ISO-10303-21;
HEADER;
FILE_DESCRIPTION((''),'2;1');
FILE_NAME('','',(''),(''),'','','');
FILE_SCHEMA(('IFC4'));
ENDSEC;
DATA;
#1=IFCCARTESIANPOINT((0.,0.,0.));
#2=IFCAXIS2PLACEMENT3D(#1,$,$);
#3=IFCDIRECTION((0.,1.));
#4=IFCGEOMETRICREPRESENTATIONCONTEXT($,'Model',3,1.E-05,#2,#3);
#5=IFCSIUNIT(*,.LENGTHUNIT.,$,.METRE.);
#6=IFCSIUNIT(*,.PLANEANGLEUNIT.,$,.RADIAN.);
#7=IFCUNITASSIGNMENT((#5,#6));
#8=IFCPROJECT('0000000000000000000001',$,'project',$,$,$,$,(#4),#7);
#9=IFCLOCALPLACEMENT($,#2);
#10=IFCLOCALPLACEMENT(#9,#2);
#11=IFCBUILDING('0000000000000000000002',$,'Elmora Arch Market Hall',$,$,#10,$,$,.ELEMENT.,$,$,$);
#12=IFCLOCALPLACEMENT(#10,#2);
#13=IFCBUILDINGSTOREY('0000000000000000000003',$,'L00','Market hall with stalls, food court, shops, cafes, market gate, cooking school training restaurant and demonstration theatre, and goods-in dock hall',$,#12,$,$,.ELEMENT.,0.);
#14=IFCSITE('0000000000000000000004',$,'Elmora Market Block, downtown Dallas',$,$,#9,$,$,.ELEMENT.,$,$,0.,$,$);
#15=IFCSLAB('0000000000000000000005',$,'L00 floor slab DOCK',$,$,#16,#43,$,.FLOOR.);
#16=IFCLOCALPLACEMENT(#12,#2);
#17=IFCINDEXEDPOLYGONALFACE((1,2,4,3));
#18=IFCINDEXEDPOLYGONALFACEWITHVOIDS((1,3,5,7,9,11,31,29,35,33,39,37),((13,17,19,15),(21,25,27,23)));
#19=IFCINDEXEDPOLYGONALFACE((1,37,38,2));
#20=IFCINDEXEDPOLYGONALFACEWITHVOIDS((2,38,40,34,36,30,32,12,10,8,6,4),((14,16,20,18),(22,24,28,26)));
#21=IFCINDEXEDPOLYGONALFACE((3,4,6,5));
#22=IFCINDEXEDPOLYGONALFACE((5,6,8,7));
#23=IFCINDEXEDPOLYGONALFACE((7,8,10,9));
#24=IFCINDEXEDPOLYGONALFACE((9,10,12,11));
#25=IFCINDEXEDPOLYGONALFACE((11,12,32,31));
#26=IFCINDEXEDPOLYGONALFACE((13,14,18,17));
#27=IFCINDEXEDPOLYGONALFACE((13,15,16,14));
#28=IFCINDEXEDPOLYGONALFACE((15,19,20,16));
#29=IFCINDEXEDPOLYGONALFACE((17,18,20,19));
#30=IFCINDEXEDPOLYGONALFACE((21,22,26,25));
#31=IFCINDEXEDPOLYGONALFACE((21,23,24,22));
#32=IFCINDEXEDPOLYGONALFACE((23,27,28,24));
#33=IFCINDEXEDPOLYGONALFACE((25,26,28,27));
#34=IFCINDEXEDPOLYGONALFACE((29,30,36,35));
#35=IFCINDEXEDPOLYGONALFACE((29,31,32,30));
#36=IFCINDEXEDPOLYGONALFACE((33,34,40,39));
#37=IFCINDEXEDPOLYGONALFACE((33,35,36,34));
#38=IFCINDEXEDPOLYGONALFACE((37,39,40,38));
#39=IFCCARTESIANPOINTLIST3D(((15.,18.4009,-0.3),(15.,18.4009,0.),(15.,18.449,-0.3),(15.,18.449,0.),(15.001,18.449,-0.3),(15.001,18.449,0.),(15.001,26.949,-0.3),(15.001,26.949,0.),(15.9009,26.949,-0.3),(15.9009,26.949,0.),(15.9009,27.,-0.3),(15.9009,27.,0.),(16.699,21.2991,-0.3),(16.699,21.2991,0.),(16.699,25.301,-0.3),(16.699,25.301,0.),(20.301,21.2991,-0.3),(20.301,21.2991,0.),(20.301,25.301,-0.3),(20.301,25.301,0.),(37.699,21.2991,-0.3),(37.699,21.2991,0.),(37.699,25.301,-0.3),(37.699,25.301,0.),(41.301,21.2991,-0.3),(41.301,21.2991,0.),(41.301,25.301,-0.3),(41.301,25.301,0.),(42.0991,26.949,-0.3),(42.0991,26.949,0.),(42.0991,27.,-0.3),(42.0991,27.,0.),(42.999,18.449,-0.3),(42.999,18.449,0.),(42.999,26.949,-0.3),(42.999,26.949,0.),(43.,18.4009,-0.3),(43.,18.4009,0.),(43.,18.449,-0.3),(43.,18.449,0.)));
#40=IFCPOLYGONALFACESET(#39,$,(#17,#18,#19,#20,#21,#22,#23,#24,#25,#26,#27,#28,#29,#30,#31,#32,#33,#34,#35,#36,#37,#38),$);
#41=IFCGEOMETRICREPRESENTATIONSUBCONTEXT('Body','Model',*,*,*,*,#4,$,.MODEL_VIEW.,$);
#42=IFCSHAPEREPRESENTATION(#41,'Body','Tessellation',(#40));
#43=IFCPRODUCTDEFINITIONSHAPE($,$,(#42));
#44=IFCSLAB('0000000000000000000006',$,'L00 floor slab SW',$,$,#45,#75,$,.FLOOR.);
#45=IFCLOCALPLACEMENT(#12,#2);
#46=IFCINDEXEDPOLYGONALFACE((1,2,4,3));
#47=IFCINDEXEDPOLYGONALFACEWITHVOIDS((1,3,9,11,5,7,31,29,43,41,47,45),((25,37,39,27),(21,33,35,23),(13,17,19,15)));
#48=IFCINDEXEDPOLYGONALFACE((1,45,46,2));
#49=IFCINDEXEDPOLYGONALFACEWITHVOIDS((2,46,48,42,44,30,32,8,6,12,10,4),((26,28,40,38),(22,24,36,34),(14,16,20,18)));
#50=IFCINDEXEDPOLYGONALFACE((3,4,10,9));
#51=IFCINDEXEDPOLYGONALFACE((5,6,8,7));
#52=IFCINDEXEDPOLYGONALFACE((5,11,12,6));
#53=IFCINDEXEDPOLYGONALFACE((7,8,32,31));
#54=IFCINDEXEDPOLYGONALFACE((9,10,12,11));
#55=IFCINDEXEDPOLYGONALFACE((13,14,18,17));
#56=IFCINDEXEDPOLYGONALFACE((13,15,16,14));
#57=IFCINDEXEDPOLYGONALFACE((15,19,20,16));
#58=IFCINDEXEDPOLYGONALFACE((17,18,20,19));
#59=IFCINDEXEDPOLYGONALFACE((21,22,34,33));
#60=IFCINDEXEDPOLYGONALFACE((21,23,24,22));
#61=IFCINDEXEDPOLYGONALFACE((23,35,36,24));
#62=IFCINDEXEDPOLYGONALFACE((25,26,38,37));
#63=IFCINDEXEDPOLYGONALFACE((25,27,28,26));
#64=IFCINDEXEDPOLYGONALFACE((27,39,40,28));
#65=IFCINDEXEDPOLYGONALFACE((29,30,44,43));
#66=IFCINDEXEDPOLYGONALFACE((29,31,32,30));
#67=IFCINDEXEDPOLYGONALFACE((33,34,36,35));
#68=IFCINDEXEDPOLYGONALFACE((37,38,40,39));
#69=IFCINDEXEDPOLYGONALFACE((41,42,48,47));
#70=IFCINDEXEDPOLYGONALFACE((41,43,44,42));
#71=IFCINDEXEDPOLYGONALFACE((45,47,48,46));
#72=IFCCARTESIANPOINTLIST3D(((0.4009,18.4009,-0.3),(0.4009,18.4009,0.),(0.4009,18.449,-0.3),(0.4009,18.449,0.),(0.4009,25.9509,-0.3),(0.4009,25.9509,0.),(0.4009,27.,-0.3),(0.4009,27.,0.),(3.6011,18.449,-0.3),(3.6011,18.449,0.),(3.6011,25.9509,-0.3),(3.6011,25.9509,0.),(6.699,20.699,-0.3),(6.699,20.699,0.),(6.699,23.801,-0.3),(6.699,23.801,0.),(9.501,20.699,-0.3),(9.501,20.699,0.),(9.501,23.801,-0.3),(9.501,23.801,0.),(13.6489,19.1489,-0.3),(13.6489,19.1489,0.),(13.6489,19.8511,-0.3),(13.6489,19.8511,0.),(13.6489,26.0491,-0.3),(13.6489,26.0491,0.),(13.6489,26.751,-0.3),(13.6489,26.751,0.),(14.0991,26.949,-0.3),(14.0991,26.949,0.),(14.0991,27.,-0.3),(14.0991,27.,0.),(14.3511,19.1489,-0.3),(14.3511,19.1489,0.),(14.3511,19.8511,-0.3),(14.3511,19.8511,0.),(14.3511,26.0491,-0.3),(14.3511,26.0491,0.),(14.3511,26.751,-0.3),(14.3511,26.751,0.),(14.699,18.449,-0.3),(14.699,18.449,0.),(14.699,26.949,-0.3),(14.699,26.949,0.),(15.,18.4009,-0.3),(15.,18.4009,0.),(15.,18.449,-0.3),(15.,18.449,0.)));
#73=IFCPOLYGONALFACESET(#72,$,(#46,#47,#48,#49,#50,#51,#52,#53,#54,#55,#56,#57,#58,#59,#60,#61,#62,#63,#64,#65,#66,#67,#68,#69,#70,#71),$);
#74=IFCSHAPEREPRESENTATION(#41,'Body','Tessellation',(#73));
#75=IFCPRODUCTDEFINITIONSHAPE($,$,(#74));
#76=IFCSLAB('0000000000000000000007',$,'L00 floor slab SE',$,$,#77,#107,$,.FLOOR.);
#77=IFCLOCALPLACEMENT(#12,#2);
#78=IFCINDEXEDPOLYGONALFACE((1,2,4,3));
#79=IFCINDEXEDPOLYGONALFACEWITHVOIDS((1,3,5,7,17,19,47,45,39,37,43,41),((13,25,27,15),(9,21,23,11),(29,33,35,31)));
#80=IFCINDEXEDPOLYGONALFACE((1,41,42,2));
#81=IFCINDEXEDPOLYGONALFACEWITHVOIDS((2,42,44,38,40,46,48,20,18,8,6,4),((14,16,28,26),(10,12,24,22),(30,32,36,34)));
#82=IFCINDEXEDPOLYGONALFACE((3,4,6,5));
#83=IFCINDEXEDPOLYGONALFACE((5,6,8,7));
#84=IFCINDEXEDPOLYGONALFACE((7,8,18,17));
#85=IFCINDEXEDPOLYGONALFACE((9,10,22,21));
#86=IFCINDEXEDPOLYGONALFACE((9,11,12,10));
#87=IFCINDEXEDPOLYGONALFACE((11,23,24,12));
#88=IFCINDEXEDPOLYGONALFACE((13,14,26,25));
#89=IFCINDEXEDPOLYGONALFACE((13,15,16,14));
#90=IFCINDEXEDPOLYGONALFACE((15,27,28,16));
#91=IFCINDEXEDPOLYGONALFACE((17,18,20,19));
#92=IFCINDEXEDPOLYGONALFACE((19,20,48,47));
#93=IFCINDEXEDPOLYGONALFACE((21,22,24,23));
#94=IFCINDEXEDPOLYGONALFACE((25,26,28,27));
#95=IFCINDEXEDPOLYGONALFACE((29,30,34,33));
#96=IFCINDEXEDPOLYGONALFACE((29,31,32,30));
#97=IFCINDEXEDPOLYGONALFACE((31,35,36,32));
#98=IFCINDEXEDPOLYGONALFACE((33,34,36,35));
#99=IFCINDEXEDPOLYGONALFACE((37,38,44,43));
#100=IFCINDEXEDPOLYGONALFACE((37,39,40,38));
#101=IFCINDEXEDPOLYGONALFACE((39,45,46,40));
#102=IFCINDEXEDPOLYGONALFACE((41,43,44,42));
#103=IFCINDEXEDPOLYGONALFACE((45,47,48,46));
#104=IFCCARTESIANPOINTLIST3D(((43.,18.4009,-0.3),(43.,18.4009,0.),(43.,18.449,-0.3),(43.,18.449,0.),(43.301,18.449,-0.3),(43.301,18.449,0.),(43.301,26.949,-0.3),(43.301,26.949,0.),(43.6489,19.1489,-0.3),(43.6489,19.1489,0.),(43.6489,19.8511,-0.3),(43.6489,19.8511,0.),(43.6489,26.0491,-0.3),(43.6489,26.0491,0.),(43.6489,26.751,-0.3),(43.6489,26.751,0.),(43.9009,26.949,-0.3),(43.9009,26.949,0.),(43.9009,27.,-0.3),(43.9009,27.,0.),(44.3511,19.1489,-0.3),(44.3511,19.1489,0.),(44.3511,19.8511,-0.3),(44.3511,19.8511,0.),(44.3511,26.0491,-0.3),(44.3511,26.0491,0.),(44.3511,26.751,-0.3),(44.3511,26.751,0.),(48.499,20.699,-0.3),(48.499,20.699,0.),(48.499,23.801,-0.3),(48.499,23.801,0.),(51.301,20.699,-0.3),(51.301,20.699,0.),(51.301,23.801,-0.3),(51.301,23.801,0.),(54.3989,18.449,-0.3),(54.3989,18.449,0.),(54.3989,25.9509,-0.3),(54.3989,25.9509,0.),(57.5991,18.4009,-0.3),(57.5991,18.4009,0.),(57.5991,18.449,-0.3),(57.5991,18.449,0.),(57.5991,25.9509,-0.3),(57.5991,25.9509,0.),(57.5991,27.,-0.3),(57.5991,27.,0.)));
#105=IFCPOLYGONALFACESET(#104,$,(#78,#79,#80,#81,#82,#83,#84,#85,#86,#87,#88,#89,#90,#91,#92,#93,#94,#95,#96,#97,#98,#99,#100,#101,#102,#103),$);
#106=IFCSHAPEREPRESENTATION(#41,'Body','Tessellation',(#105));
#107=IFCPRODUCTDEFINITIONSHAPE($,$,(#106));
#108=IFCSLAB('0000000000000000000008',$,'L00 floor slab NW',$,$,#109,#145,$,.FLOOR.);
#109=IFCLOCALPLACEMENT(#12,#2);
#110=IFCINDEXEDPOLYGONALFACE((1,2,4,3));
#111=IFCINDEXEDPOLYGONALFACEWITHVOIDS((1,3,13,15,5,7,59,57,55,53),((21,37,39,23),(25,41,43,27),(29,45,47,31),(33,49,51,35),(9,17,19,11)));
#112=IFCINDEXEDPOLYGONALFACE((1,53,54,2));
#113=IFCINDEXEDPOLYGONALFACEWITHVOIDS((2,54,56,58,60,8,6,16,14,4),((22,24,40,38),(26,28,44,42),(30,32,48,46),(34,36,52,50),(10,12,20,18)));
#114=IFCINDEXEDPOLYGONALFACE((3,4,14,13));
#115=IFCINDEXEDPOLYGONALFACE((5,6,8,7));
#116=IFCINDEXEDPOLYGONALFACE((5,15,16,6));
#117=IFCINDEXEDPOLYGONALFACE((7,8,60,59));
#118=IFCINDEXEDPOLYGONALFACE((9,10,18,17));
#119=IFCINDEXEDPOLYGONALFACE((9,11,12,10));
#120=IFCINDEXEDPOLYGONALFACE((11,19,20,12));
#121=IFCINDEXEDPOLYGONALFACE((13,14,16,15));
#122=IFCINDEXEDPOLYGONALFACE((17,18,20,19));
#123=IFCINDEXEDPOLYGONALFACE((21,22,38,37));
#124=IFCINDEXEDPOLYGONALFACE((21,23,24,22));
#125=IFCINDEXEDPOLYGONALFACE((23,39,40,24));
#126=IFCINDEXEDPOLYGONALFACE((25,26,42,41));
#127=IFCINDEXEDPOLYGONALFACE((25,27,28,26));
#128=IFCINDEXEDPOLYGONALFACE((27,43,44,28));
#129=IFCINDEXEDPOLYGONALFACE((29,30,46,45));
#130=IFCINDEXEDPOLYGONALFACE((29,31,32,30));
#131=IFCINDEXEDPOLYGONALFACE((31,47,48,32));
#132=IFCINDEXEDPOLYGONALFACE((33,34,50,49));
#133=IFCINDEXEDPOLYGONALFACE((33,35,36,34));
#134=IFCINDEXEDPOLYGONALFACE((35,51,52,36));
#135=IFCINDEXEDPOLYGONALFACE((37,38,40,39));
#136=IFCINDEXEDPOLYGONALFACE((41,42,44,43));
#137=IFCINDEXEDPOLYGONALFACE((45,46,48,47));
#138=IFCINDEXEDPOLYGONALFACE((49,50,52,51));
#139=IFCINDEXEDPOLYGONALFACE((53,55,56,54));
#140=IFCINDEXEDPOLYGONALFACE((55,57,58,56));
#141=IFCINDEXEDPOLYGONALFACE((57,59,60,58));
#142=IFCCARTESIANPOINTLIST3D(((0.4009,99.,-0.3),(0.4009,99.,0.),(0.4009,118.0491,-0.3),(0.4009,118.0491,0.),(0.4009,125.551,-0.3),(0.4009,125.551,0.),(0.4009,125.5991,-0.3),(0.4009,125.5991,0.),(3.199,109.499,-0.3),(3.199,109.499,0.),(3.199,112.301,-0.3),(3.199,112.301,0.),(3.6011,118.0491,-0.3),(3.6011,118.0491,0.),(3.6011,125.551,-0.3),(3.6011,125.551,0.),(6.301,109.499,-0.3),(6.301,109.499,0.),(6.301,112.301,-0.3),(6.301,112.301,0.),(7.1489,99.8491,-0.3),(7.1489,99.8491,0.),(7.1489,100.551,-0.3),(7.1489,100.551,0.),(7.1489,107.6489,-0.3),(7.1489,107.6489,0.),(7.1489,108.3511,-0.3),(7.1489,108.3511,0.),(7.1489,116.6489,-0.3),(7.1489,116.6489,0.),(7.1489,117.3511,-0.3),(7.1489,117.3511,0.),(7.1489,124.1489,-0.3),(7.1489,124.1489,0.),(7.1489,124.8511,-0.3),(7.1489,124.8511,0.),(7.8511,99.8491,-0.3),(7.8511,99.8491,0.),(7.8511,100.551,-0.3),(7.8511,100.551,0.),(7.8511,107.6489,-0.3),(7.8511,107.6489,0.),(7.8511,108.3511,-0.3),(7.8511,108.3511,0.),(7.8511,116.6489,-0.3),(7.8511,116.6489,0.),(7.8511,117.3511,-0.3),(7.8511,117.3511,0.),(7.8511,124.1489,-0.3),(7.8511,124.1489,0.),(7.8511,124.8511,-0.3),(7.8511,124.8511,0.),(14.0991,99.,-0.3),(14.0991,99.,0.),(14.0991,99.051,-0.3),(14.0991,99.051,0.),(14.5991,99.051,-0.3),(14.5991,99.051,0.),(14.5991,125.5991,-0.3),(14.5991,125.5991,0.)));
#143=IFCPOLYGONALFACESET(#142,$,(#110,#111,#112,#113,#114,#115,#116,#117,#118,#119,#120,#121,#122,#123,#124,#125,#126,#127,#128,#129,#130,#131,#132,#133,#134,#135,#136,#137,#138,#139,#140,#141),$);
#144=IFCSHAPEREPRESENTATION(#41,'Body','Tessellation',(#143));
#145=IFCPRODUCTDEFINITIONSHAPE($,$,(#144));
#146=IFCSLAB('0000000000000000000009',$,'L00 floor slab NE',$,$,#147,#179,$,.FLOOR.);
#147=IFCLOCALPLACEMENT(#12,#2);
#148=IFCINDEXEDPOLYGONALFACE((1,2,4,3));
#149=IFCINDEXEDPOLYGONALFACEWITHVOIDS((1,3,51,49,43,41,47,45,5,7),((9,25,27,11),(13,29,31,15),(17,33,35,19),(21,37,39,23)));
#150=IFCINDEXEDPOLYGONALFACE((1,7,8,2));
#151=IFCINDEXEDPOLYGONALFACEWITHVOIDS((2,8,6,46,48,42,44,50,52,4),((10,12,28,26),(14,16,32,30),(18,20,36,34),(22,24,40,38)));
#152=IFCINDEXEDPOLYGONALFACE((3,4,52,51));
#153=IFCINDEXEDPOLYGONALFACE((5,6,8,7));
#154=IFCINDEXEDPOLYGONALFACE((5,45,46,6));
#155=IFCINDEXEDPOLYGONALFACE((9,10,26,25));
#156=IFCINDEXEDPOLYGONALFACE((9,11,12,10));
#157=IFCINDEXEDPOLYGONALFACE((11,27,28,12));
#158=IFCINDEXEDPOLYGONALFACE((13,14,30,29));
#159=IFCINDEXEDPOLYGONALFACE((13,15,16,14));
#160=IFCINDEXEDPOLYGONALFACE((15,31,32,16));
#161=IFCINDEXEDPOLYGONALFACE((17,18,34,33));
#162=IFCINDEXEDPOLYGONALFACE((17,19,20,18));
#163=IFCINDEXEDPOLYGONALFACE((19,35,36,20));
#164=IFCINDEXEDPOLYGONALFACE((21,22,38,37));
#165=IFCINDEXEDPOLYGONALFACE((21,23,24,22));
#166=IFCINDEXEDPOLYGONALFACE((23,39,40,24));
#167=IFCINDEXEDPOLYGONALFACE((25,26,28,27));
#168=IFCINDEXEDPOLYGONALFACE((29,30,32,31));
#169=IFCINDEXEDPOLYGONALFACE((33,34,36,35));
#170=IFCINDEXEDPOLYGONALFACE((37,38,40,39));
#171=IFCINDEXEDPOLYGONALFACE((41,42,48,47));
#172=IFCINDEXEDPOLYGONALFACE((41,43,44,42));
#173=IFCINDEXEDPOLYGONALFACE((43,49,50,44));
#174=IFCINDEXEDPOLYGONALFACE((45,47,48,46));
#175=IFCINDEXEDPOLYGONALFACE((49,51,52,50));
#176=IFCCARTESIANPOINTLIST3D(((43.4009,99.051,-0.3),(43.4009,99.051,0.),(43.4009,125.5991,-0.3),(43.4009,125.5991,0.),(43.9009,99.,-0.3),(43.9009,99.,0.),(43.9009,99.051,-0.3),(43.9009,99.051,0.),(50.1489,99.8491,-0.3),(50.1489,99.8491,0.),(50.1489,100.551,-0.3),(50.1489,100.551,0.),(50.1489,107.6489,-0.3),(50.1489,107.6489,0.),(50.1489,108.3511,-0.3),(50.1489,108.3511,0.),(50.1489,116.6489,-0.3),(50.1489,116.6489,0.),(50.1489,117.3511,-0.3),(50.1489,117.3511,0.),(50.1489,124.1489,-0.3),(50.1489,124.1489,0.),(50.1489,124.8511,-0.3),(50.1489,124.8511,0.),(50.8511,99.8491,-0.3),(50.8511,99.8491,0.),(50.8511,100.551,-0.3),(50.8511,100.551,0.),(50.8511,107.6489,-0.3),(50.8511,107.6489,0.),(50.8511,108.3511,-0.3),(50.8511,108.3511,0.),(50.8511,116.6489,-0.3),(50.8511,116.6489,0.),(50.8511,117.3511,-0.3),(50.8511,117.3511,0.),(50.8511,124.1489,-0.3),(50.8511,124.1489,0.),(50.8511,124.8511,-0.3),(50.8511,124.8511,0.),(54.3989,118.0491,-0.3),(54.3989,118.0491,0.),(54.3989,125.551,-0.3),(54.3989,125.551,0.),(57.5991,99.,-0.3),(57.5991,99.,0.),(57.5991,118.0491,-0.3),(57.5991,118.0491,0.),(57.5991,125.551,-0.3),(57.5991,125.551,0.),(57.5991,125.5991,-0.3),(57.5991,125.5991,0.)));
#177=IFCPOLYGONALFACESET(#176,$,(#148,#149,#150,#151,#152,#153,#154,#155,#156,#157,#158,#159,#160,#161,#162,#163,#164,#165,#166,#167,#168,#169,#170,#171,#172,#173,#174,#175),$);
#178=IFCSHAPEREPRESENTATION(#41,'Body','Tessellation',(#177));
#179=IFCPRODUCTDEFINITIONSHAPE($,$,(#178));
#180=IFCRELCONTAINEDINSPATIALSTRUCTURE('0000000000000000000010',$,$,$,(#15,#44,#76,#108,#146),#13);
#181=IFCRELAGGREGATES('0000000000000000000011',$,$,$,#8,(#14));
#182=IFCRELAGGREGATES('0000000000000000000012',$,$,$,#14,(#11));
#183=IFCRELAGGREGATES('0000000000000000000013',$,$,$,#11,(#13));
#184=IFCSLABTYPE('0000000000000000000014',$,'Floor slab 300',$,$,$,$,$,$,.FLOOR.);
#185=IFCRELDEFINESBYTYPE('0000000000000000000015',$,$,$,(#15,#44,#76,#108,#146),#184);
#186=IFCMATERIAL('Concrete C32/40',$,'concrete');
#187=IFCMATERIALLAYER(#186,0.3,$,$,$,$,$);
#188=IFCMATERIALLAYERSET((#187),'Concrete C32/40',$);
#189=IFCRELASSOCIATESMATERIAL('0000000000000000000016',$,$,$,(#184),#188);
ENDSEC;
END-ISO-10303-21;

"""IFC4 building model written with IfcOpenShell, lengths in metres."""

from ifc_helpers import new_model, si_unit, direction, frame, origin, place, context, subcontext, project, spatial, polyline, outline, extrude, material, layer, layer_set, type_object, element, save


model = new_model("IFC4")

# Units and contexts
model_context = context("Model", 3, precision=1e-05, world=origin(), true_north=direction((0.0, 1.0)))
body_context = subcontext(model_context, "Body", "Model", "MODEL_VIEW")
ifc_project = project(units=[si_unit("LENGTHUNIT", "METRE"), si_unit("PLANEANGLEUNIT", "RADIAN")], contexts=[model_context])

# Site, building, storey
site_placement = place(None, origin())
site = spatial("IfcSite", under=ifc_project, at=site_placement, Name="Elmora Market Block, downtown Dallas", CompositionType="ELEMENT", RefElevation=0.0)
building_placement = place(site_placement, origin())
building = spatial("IfcBuilding", under=site, at=building_placement, Name="Elmora Arch Market Hall", CompositionType="ELEMENT")
storey_placement = place(building_placement, origin())
storey = spatial("IfcBuildingStorey", under=building, at=storey_placement, Name="L00", Description="Market hall with stalls, food court, shops, cafes, market gate, cooking school training restaurant and demonstration theatre, and goods-in dock hall", CompositionType="ELEMENT", Elevation=0.0)

# Slabs
ifc_material_1 = material(Name="Concrete C32/40", Category="concrete")
ifc_layer_1 = layer(ifc_material_1, 0.3)
ifc_layer_set_1 = layer_set([ifc_layer_1], Name="Concrete C32/40")
slab_type_1 = type_object("IfcSlabType", Name="Floor slab 300", PredefinedType="FLOOR", material=ifc_layer_set_1)
slab_1_placement = place(storey_placement, frame((0.0, 0.0, -0.3)))
element("IfcSlab", 1, at=slab_1_placement, inside=storey, type_object=slab_type_1, Name="L00 floor slab DOCK", PredefinedType="FLOOR", context=body_context, shape_type="SweptSolid", body=[
    extrude(outline(polyline([(43.0, 18.4009), (15.0, 18.4009), (15.0, 18.449), (15.001, 18.449), (15.001, 26.949), (15.9009, 26.949), (15.9009, 27.0), (42.0991, 27.0), (42.0991, 26.949), (42.999, 26.949), (42.999, 18.449), (43.0, 18.449), (43.0, 18.4009)]), holes=[polyline([(37.699, 25.301), (37.699, 21.2991), (41.301, 21.2991), (41.301, 25.301), (37.699, 25.301)]), polyline([(16.699, 25.301), (16.699, 21.2991), (20.301, 21.2991), (20.301, 25.301), (16.699, 25.301)])]), origin(), (0.0, 0.0, 1.0), 0.3),
])
slab_2_placement = place(storey_placement, frame((0.0, 0.0, -0.3)))
element("IfcSlab", 2, at=slab_2_placement, inside=storey, type_object=slab_type_1, Name="L00 floor slab SW", PredefinedType="FLOOR", context=body_context, shape_type="SweptSolid", body=[
    extrude(outline(polyline([(15.0, 18.4009), (0.4009, 18.4009), (0.4009, 18.449), (3.6011, 18.449), (3.6011, 25.9509), (0.4009, 25.9509), (0.4009, 27.0), (14.0991, 27.0), (14.0991, 26.949), (14.699, 26.949), (14.699, 18.449), (15.0, 18.449), (15.0, 18.4009)]), holes=[polyline([(14.3511, 26.751), (13.6489, 26.751), (13.6489, 26.0491), (14.3511, 26.0491), (14.3511, 26.751)]), polyline([(13.6489, 19.8511), (13.6489, 19.1489), (14.3511, 19.1489), (14.3511, 19.8511), (13.6489, 19.8511)]), polyline([(9.501, 20.699), (9.501, 23.801), (6.699, 23.801), (6.699, 20.699), (9.501, 20.699)])]), origin(), (0.0, 0.0, 1.0), 0.3),
])
slab_3_placement = place(storey_placement, frame((0.0, 0.0, -0.3)))
element("IfcSlab", 3, at=slab_3_placement, inside=storey, type_object=slab_type_1, Name="L00 floor slab SE", PredefinedType="FLOOR", context=body_context, shape_type="SweptSolid", body=[
    extrude(outline(polyline([(57.5991, 27.0), (57.5991, 25.9509), (54.3989, 25.9509), (54.3989, 18.449), (57.5991, 18.449), (57.5991, 18.4009), (43.0, 18.4009), (43.0, 18.449), (43.301, 18.449), (43.301, 26.949), (43.9009, 26.949), (43.9009, 27.0), (57.5991, 27.0)]), holes=[polyline([(48.499, 23.801), (48.499, 20.699), (51.301, 20.699), (51.301, 23.801), (48.499, 23.801)]), polyline([(44.3511, 19.8511), (43.6489, 19.8511), (43.6489, 19.1489), (44.3511, 19.1489), (44.3511, 19.8511)]), polyline([(44.3511, 26.751), (43.6489, 26.751), (43.6489, 26.0491), (44.3511, 26.0491), (44.3511, 26.751)])]), origin(), (0.0, 0.0, 1.0), 0.3),
])
slab_4_placement = place(storey_placement, frame((0.0, 0.0, -0.3)))
element("IfcSlab", 4, at=slab_4_placement, inside=storey, type_object=slab_type_1, Name="L00 floor slab NW", PredefinedType="FLOOR", context=body_context, shape_type="SweptSolid", body=[
    extrude(outline(polyline([(0.4009, 99.0), (0.4009, 118.0491), (3.6011, 118.0491), (3.6011, 125.551), (0.4009, 125.551), (0.4009, 125.5991), (14.5991, 125.5991), (14.5991, 99.051), (14.0991, 99.051), (14.0991, 99.0), (0.4009, 99.0)]), holes=[polyline([(7.8511, 124.8511), (7.1489, 124.8511), (7.1489, 124.1489), (7.8511, 124.1489), (7.8511, 124.8511)]), polyline([(7.8511, 117.3511), (7.1489, 117.3511), (7.1489, 116.6489), (7.8511, 116.6489), (7.8511, 117.3511)]), polyline([(7.8511, 108.3511), (7.1489, 108.3511), (7.1489, 107.6489), (7.8511, 107.6489), (7.8511, 108.3511)]), polyline([(7.8511, 100.551), (7.1489, 100.551), (7.1489, 99.8491), (7.8511, 99.8491), (7.8511, 100.551)]), polyline([(6.301, 112.301), (3.199, 112.301), (3.199, 109.499), (6.301, 109.499), (6.301, 112.301)])]), origin(), (0.0, 0.0, 1.0), 0.3),
])
slab_5_placement = place(storey_placement, frame((0.0, 0.0, -0.3)))
element("IfcSlab", 5, at=slab_5_placement, inside=storey, type_object=slab_type_1, Name="L00 floor slab NE", PredefinedType="FLOOR", context=body_context, shape_type="SweptSolid", body=[
    extrude(outline(polyline([(43.9009, 99.0), (43.9009, 99.051), (43.4009, 99.051), (43.4009, 125.5991), (57.5991, 125.5991), (57.5991, 125.551), (54.3989, 125.551), (54.3989, 118.0491), (57.5991, 118.0491), (57.5991, 99.0), (43.9009, 99.0)]), holes=[polyline([(50.8511, 117.3511), (50.1489, 117.3511), (50.1489, 116.6489), (50.8511, 116.6489), (50.8511, 117.3511)]), polyline([(50.8511, 124.8511), (50.1489, 124.8511), (50.1489, 124.1489), (50.8511, 124.1489), (50.8511, 124.8511)]), polyline([(50.8511, 108.3511), (50.1489, 108.3511), (50.1489, 107.6489), (50.8511, 107.6489), (50.8511, 108.3511)]), polyline([(50.8511, 100.551), (50.1489, 100.551), (50.1489, 99.8491), (50.8511, 99.8491), (50.8511, 100.551)])]), origin(), (0.0, 0.0, 1.0), 0.3),
])

save(model, "model.ifc")
